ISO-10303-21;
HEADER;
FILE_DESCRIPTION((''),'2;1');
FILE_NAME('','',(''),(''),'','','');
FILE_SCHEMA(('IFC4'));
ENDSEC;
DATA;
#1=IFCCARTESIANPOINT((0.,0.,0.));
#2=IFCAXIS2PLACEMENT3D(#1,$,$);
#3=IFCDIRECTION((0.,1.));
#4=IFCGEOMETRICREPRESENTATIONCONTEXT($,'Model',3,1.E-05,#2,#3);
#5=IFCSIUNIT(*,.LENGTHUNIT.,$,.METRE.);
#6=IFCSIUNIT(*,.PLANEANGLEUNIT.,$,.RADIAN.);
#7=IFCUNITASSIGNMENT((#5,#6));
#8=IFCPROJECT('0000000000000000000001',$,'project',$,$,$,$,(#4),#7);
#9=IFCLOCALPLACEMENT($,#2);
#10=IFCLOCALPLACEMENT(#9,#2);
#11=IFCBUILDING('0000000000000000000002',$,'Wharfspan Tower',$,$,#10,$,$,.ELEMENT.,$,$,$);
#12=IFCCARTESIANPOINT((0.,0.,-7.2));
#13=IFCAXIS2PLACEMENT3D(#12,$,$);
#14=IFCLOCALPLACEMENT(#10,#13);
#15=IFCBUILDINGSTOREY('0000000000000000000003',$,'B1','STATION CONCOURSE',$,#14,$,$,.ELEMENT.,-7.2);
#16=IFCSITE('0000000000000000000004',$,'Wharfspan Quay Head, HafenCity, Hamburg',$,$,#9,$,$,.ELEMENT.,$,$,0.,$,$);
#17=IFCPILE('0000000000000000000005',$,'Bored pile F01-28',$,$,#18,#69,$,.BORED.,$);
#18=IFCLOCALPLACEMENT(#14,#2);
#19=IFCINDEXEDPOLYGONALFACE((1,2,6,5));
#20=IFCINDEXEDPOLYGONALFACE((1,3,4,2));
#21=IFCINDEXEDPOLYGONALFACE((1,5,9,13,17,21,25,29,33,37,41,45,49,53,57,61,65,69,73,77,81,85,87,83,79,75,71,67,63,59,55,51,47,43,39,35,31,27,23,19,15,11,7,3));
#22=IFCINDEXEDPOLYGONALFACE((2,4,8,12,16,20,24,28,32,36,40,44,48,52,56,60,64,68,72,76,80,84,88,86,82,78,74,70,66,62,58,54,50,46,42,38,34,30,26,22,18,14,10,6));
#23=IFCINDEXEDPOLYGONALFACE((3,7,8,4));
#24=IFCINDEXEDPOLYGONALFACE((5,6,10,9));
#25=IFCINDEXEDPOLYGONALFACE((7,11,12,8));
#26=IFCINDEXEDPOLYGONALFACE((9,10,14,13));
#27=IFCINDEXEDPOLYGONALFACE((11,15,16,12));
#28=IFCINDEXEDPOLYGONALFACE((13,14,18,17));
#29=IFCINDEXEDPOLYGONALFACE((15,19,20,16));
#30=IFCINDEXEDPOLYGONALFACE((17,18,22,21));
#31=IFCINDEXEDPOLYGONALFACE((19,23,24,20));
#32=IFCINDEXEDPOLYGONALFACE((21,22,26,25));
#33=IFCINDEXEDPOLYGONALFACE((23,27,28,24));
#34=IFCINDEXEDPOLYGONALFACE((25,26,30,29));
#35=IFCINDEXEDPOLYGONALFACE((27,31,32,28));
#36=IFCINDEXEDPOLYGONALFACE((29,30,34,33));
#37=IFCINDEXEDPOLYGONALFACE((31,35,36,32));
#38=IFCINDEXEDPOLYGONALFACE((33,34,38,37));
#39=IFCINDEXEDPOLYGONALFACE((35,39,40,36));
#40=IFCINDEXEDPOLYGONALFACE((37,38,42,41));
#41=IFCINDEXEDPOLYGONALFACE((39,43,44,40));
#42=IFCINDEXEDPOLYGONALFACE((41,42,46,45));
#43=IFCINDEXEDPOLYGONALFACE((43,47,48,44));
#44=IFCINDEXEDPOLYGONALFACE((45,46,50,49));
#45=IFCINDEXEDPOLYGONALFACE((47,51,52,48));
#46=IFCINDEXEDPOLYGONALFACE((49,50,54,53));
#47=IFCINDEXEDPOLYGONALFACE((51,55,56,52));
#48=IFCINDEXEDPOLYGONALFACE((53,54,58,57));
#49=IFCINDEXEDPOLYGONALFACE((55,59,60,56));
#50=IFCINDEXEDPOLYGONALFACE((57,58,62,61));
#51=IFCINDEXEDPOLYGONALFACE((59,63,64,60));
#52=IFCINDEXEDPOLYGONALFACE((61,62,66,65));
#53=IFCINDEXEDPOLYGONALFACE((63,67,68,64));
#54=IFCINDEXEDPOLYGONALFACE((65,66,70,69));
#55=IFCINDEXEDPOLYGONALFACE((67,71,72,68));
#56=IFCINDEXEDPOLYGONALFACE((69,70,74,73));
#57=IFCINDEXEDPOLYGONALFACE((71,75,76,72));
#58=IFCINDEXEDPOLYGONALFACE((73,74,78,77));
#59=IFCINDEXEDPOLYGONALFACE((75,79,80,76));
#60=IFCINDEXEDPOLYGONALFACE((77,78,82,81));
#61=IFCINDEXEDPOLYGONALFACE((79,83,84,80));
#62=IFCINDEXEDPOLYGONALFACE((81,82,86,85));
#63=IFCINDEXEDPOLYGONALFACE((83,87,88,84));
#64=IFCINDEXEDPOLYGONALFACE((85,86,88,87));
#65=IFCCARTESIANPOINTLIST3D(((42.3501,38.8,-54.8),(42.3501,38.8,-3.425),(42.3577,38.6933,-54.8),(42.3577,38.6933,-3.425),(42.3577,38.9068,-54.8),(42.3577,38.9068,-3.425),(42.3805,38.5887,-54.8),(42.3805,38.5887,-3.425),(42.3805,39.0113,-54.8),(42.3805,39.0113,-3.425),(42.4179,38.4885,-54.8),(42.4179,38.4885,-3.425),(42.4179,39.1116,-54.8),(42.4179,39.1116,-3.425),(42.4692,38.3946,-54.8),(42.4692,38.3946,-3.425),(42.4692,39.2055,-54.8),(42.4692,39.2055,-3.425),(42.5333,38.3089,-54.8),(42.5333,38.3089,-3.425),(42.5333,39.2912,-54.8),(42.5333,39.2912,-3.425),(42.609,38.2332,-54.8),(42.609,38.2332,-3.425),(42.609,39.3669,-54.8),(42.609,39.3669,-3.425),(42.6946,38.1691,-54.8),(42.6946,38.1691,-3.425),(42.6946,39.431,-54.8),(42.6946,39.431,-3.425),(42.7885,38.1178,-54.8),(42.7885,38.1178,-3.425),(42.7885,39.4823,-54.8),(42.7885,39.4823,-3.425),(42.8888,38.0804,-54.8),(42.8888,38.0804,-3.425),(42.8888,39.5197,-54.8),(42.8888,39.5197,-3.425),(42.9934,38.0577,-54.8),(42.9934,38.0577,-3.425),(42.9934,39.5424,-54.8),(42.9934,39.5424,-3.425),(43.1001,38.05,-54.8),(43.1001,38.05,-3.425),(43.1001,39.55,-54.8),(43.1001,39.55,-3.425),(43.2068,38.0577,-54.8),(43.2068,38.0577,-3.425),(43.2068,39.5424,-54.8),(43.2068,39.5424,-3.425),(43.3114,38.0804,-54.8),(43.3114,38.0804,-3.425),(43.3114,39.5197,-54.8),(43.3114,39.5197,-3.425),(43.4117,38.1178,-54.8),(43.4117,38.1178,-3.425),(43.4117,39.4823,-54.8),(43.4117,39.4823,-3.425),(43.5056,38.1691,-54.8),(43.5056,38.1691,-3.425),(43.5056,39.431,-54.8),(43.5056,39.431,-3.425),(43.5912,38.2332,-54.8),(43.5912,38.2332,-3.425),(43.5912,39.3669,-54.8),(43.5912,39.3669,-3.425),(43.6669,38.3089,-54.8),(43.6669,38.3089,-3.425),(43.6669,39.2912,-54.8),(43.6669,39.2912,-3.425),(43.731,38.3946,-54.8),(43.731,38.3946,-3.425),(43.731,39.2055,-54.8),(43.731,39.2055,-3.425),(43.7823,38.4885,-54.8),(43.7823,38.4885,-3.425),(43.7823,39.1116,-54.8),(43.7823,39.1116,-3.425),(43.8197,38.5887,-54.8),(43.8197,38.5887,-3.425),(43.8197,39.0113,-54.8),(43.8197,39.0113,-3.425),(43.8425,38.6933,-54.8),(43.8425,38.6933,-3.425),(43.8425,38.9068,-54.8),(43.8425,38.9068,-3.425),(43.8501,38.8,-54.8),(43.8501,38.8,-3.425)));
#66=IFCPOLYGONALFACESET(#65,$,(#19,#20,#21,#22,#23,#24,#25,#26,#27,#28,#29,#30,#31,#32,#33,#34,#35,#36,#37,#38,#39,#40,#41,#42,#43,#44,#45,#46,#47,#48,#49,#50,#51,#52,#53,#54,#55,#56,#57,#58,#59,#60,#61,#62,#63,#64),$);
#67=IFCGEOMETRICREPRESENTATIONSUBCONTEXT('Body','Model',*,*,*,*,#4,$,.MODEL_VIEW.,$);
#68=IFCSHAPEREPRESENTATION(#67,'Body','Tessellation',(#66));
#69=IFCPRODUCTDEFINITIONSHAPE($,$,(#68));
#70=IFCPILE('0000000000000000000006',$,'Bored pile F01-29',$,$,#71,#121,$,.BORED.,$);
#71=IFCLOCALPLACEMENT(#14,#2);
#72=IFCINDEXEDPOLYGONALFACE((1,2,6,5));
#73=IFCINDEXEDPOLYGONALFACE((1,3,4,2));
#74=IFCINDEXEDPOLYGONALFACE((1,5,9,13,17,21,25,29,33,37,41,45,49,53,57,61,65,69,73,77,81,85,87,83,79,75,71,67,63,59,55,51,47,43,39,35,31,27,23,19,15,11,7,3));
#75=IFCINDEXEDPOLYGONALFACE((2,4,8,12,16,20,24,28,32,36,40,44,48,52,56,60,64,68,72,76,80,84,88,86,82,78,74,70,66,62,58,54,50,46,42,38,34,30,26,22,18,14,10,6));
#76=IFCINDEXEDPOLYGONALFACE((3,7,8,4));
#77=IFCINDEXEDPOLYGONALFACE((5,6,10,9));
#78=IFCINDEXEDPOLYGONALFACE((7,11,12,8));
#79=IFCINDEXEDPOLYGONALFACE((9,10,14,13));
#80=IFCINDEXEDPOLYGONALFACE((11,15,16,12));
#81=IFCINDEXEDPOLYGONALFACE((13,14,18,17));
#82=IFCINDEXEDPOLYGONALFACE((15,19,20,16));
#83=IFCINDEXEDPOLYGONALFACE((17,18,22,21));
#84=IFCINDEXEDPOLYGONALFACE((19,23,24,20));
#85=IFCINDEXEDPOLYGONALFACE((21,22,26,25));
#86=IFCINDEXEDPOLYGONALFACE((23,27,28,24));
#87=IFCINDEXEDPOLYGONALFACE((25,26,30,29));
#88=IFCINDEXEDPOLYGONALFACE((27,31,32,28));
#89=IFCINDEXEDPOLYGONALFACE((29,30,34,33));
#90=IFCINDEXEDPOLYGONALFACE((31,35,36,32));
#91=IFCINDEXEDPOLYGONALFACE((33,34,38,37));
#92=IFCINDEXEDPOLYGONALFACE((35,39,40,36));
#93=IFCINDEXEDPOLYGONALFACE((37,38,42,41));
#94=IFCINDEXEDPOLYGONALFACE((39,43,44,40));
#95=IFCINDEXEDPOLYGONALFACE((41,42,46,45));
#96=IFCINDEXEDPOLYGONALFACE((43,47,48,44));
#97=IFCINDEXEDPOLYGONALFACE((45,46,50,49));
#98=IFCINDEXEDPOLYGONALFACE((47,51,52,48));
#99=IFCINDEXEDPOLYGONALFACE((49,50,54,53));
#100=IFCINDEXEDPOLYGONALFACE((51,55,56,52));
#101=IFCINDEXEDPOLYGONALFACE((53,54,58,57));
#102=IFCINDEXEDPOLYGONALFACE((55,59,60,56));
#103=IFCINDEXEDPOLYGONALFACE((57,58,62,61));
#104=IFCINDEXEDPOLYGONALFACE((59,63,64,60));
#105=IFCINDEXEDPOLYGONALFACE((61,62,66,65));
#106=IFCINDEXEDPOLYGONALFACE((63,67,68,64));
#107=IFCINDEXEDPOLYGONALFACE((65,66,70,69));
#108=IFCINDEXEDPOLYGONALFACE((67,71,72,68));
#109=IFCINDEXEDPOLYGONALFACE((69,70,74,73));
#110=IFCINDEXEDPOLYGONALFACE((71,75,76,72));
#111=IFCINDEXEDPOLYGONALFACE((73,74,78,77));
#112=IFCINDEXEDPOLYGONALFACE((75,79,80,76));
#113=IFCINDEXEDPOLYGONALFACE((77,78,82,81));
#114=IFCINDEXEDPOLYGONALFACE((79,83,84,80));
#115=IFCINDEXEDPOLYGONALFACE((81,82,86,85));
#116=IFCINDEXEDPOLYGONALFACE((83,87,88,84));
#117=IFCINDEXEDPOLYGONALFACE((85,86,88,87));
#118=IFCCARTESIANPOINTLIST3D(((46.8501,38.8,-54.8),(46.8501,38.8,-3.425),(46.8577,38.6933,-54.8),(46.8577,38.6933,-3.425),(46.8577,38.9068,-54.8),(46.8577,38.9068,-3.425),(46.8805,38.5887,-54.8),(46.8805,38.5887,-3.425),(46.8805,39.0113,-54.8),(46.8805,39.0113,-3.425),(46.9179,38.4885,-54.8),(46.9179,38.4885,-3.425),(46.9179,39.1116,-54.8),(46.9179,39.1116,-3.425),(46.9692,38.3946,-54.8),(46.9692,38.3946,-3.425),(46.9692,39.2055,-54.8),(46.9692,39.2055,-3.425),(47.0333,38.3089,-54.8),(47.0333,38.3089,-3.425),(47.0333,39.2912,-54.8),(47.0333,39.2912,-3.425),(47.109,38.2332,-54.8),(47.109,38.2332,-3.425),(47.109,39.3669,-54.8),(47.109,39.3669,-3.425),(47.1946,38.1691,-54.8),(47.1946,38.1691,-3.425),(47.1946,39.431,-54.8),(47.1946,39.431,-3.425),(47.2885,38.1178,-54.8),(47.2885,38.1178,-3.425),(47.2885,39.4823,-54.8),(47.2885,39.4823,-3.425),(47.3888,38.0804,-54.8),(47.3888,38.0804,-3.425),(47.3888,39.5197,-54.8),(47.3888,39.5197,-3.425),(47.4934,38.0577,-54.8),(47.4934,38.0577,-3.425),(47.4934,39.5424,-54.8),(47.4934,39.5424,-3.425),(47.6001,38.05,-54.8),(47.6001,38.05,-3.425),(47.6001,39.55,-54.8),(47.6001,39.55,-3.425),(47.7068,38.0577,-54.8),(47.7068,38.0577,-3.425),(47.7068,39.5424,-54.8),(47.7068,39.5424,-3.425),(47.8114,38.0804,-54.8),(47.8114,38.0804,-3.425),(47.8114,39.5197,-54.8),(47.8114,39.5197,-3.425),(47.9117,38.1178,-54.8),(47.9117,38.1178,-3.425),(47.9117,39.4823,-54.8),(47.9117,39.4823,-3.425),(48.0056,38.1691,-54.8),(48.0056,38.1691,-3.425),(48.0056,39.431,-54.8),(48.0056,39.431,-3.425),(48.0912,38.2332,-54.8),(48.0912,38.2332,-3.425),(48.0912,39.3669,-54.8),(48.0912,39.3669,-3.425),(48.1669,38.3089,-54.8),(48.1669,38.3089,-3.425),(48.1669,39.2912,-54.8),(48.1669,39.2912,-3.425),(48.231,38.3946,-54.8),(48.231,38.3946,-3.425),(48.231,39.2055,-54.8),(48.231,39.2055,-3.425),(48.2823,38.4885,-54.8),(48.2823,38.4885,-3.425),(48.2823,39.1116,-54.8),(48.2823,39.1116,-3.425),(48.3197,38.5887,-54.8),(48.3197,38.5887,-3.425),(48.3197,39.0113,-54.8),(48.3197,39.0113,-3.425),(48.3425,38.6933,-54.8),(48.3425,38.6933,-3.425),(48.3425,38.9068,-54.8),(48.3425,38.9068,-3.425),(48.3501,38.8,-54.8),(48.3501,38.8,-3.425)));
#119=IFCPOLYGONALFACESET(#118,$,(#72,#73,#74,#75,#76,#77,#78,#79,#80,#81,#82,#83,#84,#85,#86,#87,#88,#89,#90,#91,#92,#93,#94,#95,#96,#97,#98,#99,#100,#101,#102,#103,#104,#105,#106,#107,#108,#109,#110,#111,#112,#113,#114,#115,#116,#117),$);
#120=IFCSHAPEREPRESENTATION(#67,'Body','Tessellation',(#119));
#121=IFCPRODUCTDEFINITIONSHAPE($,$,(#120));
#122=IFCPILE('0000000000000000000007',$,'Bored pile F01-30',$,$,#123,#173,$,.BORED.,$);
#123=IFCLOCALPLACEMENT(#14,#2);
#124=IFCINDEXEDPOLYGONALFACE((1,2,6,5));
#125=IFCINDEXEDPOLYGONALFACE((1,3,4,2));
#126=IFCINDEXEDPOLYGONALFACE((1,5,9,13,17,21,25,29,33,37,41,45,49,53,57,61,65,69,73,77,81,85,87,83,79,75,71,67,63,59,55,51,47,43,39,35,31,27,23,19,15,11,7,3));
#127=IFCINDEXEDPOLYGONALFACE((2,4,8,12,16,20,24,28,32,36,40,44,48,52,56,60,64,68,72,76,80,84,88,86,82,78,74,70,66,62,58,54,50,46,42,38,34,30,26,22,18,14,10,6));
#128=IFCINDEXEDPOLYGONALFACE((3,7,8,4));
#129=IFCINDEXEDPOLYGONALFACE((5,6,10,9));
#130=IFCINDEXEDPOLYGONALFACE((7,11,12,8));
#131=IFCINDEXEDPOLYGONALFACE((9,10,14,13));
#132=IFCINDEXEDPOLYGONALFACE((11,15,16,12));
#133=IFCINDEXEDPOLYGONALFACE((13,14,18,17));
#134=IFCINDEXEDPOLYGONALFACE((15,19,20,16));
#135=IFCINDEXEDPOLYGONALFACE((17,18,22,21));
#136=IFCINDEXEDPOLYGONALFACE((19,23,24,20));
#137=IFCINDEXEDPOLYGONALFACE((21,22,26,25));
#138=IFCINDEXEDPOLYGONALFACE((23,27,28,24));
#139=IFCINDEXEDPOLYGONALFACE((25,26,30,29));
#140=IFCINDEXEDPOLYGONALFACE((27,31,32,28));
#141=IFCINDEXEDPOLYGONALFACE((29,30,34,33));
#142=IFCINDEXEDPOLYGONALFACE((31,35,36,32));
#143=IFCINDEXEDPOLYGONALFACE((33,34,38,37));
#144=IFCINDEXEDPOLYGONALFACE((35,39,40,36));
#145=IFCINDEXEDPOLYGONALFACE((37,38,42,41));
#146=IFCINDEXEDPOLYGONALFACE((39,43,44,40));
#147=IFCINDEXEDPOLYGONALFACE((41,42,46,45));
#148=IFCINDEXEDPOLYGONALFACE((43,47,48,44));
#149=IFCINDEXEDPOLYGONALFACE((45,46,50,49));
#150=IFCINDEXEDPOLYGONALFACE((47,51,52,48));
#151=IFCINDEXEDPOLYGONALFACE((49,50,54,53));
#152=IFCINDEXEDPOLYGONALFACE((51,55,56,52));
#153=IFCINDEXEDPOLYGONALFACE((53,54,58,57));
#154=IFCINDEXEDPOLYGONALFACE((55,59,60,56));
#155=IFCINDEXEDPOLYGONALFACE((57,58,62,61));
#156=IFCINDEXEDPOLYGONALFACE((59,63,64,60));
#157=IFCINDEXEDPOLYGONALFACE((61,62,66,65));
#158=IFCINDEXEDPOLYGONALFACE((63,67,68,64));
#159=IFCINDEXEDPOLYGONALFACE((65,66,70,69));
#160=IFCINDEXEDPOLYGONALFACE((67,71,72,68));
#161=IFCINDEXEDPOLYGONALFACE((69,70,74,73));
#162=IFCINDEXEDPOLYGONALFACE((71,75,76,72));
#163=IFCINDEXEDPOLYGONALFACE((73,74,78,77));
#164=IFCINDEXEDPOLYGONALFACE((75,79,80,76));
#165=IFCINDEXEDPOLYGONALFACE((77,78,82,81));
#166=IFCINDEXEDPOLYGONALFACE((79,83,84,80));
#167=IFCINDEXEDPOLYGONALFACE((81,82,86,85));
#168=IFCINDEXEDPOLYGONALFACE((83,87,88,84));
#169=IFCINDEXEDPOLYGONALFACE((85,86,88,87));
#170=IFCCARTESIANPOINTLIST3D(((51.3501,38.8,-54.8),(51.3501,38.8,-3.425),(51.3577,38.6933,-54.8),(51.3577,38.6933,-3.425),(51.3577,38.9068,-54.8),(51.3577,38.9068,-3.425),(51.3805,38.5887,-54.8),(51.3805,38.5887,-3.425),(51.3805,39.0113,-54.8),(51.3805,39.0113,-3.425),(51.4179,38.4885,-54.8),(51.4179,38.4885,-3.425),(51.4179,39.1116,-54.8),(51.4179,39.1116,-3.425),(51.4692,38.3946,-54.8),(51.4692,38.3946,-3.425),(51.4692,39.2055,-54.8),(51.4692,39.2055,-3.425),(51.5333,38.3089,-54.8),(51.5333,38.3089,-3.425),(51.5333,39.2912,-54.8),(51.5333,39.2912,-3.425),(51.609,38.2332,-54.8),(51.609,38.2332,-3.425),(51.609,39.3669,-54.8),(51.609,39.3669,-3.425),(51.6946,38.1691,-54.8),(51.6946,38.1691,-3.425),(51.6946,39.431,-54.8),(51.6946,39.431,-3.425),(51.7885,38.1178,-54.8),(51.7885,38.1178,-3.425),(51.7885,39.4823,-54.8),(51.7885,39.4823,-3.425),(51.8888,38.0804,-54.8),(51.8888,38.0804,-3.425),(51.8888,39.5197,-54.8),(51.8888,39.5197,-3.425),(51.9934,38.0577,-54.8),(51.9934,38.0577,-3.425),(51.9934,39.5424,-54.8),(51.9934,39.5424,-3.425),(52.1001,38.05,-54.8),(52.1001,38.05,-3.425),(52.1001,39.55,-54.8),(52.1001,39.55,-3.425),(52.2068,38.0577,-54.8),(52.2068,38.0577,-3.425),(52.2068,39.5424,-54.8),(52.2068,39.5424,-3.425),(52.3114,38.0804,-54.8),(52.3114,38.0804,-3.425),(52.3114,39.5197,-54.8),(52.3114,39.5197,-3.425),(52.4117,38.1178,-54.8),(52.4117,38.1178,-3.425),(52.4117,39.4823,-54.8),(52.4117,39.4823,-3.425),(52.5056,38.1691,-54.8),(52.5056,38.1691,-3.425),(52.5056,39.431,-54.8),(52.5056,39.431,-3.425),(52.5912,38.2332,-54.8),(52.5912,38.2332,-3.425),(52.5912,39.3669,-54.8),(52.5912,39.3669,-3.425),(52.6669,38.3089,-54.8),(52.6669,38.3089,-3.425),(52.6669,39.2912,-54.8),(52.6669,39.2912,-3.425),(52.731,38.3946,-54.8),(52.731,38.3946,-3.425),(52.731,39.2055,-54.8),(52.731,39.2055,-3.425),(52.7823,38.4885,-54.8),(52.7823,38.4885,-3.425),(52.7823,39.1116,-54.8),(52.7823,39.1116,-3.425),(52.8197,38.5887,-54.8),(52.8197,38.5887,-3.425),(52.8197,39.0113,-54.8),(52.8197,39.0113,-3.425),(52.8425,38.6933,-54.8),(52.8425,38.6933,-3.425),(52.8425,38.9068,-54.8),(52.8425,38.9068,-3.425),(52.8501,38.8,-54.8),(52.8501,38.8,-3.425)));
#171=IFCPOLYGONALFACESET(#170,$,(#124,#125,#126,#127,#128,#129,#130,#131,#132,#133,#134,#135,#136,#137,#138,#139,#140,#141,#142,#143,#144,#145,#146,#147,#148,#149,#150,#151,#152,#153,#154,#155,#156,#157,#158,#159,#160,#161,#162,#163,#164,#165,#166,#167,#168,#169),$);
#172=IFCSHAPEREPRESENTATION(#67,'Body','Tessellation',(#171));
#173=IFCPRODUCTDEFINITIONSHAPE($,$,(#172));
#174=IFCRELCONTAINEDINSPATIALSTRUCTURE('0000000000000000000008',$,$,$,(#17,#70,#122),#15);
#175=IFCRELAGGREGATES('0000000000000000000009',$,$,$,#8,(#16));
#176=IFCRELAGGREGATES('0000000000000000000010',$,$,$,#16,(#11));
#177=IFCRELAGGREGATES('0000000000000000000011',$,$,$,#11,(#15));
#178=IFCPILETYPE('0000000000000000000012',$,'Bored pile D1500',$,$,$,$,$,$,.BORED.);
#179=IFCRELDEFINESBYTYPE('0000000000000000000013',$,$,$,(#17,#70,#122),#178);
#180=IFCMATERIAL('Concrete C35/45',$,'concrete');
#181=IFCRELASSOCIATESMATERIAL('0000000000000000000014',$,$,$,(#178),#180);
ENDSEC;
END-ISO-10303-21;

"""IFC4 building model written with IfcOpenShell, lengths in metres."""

from ifc_helpers import new_model, si_unit, direction, frame, origin, origin_2d, place, context, subcontext, project, spatial, circle, extrude, material, material_profile, profile_set, type_object, element, save


model = new_model("IFC4")

# Units and contexts
model_context = context("Model", 3, precision=1e-05, world=origin(), true_north=direction((0.0, 1.0)))
body_context = subcontext(model_context, "Body", "Model", "MODEL_VIEW")
ifc_project = project(units=[si_unit("LENGTHUNIT", "METRE"), si_unit("PLANEANGLEUNIT", "RADIAN")], contexts=[model_context])

# Site, building, storey
site_placement = place(None, origin())
site = spatial("IfcSite", under=ifc_project, at=site_placement, Name="Wharfspan Quay Head, HafenCity, Hamburg", CompositionType="ELEMENT", RefElevation=0.0)
building_placement = place(site_placement, origin())
building = spatial("IfcBuilding", under=site, at=building_placement, Name="Wharfspan Tower", CompositionType="ELEMENT")
storey_placement = place(building_placement, frame((0.0, 0.0, -7.2)))
storey = spatial("IfcBuildingStorey", under=building, at=storey_placement, Name="B1", Description="STATION CONCOURSE", CompositionType="ELEMENT", Elevation=-7.2)

# Piles
ifc_material_1 = material(Name="Concrete C35/45", Category="concrete")
ifc_material_profile_1 = material_profile(ifc_material_1, circle(Radius=0.75, at=origin_2d()))
ifc_profile_set_1 = profile_set([ifc_material_profile_1], Name="Concrete C35/45")
pile_type = type_object("IfcPileType", Name="Bored pile D1500", PredefinedType="BORED", material=ifc_profile_set_1)
for number, where, z_axis, x_axis, name in (
    (1, (43.1001, 38.8, -3.425), (0.0, 0.0, -1.0), (1.0, 0.0, 0.0), "Bored pile F01-28"),
    (2, (47.6001, 38.8, -3.425), (0.0, 0.0, -1.0), (1.0, 0.0, 0.0), "Bored pile F01-29"),
    (3, (52.1001, 38.8, -3.425), (0.0, 0.0, -1.0), (1.0, 0.0, 0.0), "Bored pile F01-30"),
):
    element("IfcPile", number, at=place(storey_placement, frame(where, z_axis=z_axis, x_axis=x_axis)), inside=storey, type_object=pile_type, Name=name, PredefinedType="BORED", context=body_context, shape_type="SweptSolid", body=[
        extrude(circle(Radius=0.75, at=origin_2d()), origin(), (0.0, 0.0, 1.0), 51.375),
    ])

save(model, "model.ifc")
